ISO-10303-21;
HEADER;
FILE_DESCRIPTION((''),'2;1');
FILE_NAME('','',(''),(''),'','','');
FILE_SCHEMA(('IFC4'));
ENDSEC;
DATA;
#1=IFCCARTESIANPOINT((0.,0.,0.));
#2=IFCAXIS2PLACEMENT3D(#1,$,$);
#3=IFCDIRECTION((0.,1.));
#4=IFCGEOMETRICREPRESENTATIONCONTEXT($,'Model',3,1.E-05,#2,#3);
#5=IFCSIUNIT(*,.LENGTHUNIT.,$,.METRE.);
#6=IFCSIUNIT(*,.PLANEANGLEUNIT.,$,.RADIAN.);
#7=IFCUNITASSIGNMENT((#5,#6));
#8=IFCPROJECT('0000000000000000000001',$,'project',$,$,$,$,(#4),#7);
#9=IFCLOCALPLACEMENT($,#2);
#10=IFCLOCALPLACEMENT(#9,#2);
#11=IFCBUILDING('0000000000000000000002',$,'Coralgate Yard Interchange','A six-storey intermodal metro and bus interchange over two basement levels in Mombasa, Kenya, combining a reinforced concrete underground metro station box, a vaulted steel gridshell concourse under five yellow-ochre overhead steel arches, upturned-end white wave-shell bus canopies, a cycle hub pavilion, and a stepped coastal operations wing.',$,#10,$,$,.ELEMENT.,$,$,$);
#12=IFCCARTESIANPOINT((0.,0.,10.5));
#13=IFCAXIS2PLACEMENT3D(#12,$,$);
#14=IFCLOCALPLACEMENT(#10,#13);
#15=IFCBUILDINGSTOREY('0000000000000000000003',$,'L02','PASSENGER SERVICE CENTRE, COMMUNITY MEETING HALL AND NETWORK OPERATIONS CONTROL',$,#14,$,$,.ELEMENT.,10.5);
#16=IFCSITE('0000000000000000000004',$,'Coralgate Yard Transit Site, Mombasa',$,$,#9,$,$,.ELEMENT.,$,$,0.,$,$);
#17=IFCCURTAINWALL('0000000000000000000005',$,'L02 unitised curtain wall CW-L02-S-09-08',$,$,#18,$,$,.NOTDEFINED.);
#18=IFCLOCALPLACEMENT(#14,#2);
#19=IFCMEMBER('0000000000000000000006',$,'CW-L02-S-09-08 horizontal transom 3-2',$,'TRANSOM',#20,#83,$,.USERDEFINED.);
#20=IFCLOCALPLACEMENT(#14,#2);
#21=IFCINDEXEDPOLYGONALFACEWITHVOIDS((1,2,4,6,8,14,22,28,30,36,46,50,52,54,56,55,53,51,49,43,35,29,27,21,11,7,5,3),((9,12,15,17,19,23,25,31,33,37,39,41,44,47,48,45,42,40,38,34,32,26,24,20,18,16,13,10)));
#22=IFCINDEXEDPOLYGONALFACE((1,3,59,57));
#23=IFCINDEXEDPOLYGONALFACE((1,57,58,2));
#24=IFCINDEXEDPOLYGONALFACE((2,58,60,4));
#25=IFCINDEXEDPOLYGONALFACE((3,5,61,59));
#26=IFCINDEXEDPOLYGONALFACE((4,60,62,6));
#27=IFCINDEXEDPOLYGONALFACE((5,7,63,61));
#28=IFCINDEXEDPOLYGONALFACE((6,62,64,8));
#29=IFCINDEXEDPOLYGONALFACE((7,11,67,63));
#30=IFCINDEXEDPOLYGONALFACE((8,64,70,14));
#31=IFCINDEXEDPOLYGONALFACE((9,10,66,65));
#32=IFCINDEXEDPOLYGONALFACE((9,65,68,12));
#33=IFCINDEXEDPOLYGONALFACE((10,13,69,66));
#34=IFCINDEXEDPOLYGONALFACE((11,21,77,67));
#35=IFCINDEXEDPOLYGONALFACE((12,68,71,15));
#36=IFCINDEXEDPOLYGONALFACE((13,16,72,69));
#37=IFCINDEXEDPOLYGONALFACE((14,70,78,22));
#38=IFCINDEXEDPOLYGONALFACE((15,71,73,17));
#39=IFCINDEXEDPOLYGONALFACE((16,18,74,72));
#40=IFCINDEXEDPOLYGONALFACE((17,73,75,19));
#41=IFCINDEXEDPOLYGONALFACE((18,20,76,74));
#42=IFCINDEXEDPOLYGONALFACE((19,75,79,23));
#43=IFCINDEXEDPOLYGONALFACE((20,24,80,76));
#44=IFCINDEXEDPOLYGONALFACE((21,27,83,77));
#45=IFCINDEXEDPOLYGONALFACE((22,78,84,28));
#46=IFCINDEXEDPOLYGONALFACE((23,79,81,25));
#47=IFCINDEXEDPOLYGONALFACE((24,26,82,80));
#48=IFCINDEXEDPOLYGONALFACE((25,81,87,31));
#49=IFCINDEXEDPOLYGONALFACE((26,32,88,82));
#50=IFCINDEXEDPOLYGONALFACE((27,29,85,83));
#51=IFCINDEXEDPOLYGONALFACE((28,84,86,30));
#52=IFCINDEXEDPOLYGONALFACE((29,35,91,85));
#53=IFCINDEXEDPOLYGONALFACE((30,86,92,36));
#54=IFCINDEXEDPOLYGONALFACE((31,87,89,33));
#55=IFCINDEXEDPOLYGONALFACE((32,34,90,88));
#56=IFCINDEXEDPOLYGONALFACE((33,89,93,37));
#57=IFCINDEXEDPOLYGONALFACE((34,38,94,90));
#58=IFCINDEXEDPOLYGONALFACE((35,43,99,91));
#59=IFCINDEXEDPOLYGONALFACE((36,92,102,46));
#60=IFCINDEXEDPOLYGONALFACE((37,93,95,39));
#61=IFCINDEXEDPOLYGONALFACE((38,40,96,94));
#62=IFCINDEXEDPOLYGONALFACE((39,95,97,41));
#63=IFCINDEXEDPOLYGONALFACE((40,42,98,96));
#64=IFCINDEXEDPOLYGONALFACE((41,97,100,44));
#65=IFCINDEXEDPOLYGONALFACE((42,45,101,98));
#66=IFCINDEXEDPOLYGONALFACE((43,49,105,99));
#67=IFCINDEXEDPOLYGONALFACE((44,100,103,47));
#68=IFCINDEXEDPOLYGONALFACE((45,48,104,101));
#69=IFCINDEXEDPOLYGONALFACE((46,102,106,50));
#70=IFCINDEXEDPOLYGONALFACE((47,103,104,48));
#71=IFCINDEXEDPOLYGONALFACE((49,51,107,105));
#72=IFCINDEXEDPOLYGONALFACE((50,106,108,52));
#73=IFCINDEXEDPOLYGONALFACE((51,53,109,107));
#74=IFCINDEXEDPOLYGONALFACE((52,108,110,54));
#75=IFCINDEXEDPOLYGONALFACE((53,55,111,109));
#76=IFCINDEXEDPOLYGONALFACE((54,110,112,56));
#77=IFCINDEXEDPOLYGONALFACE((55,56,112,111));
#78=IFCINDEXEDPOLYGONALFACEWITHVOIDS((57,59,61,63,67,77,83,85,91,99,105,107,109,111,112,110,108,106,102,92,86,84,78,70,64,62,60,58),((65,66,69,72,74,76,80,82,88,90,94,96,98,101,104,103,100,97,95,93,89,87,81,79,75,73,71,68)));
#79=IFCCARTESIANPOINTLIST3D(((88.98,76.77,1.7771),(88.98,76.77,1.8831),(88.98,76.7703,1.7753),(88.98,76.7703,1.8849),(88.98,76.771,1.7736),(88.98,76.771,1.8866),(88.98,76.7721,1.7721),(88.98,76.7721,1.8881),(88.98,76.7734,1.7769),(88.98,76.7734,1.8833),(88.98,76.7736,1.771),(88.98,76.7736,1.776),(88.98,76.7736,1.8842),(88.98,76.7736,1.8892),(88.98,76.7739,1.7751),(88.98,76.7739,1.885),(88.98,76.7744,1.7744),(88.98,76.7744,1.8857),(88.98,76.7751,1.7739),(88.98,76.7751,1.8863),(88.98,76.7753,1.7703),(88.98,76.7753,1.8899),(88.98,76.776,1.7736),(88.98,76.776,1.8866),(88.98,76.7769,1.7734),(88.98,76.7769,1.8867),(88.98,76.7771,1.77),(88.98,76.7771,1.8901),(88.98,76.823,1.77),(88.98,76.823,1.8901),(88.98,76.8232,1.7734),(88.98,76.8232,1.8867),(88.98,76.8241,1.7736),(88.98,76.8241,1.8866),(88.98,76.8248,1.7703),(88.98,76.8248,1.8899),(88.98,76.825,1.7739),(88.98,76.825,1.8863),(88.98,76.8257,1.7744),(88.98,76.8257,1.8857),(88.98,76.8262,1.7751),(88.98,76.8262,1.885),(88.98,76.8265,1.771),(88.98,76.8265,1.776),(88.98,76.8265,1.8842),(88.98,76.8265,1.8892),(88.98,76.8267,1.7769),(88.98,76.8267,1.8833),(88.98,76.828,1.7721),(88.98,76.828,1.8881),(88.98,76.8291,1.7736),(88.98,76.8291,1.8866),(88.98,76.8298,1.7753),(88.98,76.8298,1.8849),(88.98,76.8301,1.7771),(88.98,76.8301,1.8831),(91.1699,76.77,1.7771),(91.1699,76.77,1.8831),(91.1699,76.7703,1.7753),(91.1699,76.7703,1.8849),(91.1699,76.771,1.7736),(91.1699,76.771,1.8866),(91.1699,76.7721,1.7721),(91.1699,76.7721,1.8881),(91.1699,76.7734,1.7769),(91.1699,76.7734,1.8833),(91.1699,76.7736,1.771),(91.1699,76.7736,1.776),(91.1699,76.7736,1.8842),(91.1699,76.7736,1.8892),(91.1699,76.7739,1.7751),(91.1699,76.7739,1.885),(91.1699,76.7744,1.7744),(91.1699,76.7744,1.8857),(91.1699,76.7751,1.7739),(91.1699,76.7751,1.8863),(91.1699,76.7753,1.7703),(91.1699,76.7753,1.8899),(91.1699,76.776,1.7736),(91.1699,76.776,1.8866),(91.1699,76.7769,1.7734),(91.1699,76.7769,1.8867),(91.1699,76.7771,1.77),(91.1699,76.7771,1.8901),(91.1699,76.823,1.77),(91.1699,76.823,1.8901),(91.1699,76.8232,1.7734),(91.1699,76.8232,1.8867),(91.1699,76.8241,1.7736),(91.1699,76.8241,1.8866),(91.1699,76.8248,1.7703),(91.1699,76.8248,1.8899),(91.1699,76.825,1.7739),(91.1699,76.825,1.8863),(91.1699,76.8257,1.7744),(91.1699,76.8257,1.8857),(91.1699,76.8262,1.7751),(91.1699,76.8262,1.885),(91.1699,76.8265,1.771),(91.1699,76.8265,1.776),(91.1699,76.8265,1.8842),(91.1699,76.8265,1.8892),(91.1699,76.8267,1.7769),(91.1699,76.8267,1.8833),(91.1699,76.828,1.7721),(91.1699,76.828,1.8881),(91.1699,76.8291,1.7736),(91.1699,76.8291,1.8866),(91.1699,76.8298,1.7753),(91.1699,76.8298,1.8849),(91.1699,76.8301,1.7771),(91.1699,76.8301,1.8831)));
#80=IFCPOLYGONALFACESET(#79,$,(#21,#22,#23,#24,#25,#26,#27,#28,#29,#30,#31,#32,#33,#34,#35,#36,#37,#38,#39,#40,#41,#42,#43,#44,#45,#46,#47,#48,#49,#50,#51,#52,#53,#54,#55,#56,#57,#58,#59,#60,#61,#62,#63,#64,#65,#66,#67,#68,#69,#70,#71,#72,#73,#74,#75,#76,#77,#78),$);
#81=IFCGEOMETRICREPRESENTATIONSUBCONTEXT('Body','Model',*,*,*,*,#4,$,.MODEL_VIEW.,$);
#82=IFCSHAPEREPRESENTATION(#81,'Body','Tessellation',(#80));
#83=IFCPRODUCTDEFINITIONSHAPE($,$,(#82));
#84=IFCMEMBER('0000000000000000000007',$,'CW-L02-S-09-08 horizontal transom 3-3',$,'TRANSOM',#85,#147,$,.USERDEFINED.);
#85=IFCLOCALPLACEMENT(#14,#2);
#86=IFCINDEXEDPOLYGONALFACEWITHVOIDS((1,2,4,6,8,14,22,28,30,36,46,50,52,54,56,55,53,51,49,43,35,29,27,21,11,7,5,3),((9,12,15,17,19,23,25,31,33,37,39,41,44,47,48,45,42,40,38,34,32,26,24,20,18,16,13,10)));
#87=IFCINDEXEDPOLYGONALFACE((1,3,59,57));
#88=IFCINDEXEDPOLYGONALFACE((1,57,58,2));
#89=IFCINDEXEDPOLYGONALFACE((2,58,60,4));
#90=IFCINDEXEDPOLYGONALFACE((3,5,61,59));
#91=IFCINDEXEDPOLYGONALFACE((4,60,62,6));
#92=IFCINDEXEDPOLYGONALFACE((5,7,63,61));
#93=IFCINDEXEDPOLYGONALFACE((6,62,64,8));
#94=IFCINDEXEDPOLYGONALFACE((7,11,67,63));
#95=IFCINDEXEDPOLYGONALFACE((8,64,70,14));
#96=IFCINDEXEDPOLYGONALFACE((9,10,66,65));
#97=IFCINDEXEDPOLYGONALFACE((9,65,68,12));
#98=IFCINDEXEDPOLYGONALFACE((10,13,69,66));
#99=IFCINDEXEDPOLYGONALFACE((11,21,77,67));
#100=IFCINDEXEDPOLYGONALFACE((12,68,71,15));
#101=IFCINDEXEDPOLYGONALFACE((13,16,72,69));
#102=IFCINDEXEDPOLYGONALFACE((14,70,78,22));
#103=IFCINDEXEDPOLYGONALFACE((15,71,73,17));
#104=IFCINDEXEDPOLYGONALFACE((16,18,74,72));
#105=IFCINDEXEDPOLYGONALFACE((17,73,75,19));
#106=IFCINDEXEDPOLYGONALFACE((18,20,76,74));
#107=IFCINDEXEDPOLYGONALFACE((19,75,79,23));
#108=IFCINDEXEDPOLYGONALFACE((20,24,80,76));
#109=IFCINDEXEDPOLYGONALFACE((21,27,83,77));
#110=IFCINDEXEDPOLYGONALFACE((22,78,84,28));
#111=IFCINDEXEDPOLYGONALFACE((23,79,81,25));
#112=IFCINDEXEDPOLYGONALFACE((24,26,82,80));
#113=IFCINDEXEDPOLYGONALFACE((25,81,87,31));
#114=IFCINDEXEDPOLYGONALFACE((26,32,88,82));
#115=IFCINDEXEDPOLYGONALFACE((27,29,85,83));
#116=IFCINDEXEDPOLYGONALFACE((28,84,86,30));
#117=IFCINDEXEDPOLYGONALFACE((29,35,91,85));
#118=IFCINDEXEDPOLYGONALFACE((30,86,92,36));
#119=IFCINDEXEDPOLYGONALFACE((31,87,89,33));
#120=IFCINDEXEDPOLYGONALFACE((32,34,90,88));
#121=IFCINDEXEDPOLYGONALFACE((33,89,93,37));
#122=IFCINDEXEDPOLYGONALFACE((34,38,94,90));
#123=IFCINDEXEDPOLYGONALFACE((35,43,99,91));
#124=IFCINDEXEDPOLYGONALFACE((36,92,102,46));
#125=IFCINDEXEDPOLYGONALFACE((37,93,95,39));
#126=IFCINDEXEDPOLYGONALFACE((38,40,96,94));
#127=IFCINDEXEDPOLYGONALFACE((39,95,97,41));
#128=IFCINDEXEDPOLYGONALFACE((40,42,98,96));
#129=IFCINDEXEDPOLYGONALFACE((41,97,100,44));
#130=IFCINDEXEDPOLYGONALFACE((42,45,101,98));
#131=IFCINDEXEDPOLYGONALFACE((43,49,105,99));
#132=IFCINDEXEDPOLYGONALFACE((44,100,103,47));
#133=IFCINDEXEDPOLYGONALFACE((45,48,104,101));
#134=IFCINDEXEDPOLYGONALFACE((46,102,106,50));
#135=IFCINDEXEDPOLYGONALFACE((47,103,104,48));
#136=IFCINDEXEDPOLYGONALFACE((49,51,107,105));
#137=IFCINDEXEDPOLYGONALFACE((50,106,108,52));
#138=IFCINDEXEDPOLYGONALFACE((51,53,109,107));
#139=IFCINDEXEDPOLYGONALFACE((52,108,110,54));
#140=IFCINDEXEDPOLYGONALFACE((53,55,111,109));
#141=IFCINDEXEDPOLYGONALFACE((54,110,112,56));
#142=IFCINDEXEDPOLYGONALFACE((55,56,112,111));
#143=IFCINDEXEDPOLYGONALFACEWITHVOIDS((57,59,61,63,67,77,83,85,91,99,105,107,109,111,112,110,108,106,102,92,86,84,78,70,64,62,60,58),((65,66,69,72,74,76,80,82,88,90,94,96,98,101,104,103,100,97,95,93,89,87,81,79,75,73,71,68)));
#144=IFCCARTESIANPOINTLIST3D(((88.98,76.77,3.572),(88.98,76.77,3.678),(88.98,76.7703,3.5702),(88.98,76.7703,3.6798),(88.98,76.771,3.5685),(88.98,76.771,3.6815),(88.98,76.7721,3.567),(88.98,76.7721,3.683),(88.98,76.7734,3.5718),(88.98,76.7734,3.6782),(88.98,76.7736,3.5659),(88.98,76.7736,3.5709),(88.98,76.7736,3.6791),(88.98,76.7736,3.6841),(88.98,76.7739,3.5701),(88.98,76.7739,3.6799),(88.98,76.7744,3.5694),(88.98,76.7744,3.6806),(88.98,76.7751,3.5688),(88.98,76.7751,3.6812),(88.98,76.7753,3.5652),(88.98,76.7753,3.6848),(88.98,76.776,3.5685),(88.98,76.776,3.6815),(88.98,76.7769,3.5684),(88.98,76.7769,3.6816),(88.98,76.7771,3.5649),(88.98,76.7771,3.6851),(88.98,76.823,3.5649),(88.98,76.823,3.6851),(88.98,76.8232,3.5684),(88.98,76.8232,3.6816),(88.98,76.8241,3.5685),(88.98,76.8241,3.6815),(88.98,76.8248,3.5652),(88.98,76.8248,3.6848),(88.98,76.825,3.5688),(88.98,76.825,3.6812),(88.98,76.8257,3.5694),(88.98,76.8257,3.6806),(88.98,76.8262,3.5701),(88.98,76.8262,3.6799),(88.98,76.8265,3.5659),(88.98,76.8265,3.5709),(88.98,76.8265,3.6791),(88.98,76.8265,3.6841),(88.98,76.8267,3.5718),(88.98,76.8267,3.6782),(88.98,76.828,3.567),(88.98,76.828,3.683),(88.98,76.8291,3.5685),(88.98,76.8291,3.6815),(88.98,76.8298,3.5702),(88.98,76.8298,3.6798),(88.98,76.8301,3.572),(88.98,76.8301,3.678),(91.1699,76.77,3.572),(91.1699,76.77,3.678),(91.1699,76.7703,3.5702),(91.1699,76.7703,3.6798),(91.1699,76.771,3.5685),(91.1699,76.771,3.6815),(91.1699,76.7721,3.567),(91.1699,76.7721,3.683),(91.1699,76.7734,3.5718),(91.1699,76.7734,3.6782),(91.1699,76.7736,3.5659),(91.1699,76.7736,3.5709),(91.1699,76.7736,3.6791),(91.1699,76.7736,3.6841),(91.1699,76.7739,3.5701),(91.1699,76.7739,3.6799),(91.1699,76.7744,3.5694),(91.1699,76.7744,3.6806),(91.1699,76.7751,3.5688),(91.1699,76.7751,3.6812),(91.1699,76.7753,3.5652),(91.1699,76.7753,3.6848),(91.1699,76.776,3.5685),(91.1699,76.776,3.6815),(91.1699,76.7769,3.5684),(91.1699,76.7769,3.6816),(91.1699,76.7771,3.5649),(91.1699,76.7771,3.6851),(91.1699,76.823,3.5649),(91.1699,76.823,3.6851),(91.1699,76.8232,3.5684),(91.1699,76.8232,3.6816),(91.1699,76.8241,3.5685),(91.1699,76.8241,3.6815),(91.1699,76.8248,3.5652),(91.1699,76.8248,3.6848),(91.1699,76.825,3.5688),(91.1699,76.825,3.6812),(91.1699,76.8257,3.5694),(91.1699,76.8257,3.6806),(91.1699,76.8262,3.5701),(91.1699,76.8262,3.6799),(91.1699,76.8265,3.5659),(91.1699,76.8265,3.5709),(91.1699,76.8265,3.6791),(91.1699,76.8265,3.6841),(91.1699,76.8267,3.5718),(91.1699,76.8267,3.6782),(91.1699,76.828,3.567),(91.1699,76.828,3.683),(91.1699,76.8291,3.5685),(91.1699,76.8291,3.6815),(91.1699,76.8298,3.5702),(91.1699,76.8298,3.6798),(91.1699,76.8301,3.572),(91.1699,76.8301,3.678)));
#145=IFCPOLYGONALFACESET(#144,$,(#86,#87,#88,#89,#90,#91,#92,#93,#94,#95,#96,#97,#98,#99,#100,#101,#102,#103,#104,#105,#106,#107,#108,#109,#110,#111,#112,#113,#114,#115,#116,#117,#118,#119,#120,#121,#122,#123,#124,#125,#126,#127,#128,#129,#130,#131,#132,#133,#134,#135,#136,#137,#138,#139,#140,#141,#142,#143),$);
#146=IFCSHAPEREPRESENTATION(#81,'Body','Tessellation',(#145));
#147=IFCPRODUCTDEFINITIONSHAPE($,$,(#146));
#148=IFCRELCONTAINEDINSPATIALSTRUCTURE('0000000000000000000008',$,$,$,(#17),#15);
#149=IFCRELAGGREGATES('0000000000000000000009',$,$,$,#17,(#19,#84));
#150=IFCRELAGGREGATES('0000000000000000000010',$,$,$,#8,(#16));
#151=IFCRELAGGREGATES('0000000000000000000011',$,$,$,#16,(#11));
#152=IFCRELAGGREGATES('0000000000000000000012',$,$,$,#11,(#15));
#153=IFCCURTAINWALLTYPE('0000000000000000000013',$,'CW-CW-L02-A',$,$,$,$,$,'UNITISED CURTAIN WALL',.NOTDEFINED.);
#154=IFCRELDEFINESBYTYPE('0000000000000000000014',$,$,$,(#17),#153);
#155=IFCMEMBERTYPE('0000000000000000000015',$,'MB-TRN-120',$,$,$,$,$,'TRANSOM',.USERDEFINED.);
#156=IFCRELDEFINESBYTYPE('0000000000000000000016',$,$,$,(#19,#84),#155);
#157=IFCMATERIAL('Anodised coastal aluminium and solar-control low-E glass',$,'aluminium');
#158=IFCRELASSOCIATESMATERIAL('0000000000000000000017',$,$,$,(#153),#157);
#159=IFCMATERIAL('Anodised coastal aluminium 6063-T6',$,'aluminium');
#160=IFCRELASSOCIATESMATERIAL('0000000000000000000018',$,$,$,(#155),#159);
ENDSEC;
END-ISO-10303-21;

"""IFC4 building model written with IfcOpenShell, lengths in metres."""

from ifc_helpers import new_model, si_unit, direction, frame, origin, origin_2d, place, context, subcontext, project, spatial, hollow_rectangle, extrude, material, material_profile, profile_set, type_object, element, aggregate, save


model = new_model("IFC4")

# Units and contexts
model_context = context("Model", 3, precision=1e-05, world=origin(), true_north=direction((0.0, 1.0)))
body_context = subcontext(model_context, "Body", "Model", "MODEL_VIEW")
ifc_project = project(units=[si_unit("LENGTHUNIT", "METRE"), si_unit("PLANEANGLEUNIT", "RADIAN")], contexts=[model_context])

# Site, building, storey
site_placement = place(None, origin())
site = spatial("IfcSite", under=ifc_project, at=site_placement, Name="Coralgate Yard Transit Site, Mombasa", CompositionType="ELEMENT", RefElevation=0.0)
building_placement = place(site_placement, origin())
building = spatial("IfcBuilding", under=site, at=building_placement, Name="Coralgate Yard Interchange", Description="A six-storey intermodal metro and bus interchange over two basement levels in Mombasa, Kenya, combining a reinforced concrete underground metro station box, a vaulted steel gridshell concourse under five yellow-ochre overhead steel arches, upturned-end white wave-shell bus canopies, a cycle hub pavilion, and a stepped coastal operations wing.", CompositionType="ELEMENT")
storey_placement = place(building_placement, frame((0.0, 0.0, 10.5)))
storey = spatial("IfcBuildingStorey", under=building, at=storey_placement, Name="L02", Description="PASSENGER SERVICE CENTRE, COMMUNITY MEETING HALL AND NETWORK OPERATIONS CONTROL", CompositionType="ELEMENT", Elevation=10.5)

# Curtain wall
ifc_material_1 = material(Name="Anodised coastal aluminium and solar-control low-E glass", Category="aluminium")
curtain_wall_type = type_object("IfcCurtainWallType", Name="CW-CW-L02-A", ElementType="UNITISED CURTAIN WALL", PredefinedType="NOTDEFINED", material=ifc_material_1)
ifc_material_2 = material(Name="Anodised coastal aluminium 6063-T6", Category="aluminium")
curtain_wall_1_placement = place(storey_placement, origin())
curtain_wall_1 = element("IfcCurtainWall", 1, at=curtain_wall_1_placement, inside=storey, type_object=curtain_wall_type, Name="L02 unitised curtain wall CW-L02-S-09-08", PredefinedType="NOTDEFINED")

# Members
ifc_material_profile_1 = material_profile(ifc_material_2, hollow_rectangle(XDim=0.0601, YDim=0.1201, WallThickness=0.0034, InnerFilletRadius=0.0034, OuterFilletRadius=0.0071, at=origin_2d()), Name="ALU 60x120x3.5")
ifc_profile_set_1 = profile_set([ifc_material_profile_1], Name="Anodised coastal aluminium 6063-T6")
member_type_1 = type_object("IfcMemberType", Name="MB-TRN-120", ElementType="TRANSOM", PredefinedType="USERDEFINED", material=ifc_profile_set_1)
member_1_placement = place(storey_placement, frame((91.1699, 76.8, 1.8301), z_axis=(-1.0, 0.0, 0.0), x_axis=(0.0, -1.0, 0.0)))
member_1 = element("IfcMember", 2, at=member_1_placement, type_object=member_type_1, Name="CW-L02-S-09-08 horizontal transom 3-2", ObjectType="TRANSOM", PredefinedType="USERDEFINED", context=body_context, shape_type="SweptSolid", body=[
    extrude(hollow_rectangle(XDim=0.0601, YDim=0.1201, WallThickness=0.0034, InnerFilletRadius=0.0034, OuterFilletRadius=0.0071, at=origin_2d()), origin(), (0.0, 0.0, 1.0), 2.1899),
])
member_2_placement = place(storey_placement, frame((91.1699, 76.8, 3.625), z_axis=(-1.0, 0.0, 0.0), x_axis=(0.0, -1.0, 0.0)))
member_2 = element("IfcMember", 3, at=member_2_placement, type_object=member_type_1, Name="CW-L02-S-09-08 horizontal transom 3-3", ObjectType="TRANSOM", PredefinedType="USERDEFINED", context=body_context, shape_type="SweptSolid", body=[
    extrude(hollow_rectangle(XDim=0.0601, YDim=0.1201, WallThickness=0.0034, InnerFilletRadius=0.0034, OuterFilletRadius=0.0071, at=origin_2d()), origin(), (0.0, 0.0, 1.0), 2.1899),
])

aggregate(curtain_wall_1, [member_1, member_2])

save(model, "model.ifc")
